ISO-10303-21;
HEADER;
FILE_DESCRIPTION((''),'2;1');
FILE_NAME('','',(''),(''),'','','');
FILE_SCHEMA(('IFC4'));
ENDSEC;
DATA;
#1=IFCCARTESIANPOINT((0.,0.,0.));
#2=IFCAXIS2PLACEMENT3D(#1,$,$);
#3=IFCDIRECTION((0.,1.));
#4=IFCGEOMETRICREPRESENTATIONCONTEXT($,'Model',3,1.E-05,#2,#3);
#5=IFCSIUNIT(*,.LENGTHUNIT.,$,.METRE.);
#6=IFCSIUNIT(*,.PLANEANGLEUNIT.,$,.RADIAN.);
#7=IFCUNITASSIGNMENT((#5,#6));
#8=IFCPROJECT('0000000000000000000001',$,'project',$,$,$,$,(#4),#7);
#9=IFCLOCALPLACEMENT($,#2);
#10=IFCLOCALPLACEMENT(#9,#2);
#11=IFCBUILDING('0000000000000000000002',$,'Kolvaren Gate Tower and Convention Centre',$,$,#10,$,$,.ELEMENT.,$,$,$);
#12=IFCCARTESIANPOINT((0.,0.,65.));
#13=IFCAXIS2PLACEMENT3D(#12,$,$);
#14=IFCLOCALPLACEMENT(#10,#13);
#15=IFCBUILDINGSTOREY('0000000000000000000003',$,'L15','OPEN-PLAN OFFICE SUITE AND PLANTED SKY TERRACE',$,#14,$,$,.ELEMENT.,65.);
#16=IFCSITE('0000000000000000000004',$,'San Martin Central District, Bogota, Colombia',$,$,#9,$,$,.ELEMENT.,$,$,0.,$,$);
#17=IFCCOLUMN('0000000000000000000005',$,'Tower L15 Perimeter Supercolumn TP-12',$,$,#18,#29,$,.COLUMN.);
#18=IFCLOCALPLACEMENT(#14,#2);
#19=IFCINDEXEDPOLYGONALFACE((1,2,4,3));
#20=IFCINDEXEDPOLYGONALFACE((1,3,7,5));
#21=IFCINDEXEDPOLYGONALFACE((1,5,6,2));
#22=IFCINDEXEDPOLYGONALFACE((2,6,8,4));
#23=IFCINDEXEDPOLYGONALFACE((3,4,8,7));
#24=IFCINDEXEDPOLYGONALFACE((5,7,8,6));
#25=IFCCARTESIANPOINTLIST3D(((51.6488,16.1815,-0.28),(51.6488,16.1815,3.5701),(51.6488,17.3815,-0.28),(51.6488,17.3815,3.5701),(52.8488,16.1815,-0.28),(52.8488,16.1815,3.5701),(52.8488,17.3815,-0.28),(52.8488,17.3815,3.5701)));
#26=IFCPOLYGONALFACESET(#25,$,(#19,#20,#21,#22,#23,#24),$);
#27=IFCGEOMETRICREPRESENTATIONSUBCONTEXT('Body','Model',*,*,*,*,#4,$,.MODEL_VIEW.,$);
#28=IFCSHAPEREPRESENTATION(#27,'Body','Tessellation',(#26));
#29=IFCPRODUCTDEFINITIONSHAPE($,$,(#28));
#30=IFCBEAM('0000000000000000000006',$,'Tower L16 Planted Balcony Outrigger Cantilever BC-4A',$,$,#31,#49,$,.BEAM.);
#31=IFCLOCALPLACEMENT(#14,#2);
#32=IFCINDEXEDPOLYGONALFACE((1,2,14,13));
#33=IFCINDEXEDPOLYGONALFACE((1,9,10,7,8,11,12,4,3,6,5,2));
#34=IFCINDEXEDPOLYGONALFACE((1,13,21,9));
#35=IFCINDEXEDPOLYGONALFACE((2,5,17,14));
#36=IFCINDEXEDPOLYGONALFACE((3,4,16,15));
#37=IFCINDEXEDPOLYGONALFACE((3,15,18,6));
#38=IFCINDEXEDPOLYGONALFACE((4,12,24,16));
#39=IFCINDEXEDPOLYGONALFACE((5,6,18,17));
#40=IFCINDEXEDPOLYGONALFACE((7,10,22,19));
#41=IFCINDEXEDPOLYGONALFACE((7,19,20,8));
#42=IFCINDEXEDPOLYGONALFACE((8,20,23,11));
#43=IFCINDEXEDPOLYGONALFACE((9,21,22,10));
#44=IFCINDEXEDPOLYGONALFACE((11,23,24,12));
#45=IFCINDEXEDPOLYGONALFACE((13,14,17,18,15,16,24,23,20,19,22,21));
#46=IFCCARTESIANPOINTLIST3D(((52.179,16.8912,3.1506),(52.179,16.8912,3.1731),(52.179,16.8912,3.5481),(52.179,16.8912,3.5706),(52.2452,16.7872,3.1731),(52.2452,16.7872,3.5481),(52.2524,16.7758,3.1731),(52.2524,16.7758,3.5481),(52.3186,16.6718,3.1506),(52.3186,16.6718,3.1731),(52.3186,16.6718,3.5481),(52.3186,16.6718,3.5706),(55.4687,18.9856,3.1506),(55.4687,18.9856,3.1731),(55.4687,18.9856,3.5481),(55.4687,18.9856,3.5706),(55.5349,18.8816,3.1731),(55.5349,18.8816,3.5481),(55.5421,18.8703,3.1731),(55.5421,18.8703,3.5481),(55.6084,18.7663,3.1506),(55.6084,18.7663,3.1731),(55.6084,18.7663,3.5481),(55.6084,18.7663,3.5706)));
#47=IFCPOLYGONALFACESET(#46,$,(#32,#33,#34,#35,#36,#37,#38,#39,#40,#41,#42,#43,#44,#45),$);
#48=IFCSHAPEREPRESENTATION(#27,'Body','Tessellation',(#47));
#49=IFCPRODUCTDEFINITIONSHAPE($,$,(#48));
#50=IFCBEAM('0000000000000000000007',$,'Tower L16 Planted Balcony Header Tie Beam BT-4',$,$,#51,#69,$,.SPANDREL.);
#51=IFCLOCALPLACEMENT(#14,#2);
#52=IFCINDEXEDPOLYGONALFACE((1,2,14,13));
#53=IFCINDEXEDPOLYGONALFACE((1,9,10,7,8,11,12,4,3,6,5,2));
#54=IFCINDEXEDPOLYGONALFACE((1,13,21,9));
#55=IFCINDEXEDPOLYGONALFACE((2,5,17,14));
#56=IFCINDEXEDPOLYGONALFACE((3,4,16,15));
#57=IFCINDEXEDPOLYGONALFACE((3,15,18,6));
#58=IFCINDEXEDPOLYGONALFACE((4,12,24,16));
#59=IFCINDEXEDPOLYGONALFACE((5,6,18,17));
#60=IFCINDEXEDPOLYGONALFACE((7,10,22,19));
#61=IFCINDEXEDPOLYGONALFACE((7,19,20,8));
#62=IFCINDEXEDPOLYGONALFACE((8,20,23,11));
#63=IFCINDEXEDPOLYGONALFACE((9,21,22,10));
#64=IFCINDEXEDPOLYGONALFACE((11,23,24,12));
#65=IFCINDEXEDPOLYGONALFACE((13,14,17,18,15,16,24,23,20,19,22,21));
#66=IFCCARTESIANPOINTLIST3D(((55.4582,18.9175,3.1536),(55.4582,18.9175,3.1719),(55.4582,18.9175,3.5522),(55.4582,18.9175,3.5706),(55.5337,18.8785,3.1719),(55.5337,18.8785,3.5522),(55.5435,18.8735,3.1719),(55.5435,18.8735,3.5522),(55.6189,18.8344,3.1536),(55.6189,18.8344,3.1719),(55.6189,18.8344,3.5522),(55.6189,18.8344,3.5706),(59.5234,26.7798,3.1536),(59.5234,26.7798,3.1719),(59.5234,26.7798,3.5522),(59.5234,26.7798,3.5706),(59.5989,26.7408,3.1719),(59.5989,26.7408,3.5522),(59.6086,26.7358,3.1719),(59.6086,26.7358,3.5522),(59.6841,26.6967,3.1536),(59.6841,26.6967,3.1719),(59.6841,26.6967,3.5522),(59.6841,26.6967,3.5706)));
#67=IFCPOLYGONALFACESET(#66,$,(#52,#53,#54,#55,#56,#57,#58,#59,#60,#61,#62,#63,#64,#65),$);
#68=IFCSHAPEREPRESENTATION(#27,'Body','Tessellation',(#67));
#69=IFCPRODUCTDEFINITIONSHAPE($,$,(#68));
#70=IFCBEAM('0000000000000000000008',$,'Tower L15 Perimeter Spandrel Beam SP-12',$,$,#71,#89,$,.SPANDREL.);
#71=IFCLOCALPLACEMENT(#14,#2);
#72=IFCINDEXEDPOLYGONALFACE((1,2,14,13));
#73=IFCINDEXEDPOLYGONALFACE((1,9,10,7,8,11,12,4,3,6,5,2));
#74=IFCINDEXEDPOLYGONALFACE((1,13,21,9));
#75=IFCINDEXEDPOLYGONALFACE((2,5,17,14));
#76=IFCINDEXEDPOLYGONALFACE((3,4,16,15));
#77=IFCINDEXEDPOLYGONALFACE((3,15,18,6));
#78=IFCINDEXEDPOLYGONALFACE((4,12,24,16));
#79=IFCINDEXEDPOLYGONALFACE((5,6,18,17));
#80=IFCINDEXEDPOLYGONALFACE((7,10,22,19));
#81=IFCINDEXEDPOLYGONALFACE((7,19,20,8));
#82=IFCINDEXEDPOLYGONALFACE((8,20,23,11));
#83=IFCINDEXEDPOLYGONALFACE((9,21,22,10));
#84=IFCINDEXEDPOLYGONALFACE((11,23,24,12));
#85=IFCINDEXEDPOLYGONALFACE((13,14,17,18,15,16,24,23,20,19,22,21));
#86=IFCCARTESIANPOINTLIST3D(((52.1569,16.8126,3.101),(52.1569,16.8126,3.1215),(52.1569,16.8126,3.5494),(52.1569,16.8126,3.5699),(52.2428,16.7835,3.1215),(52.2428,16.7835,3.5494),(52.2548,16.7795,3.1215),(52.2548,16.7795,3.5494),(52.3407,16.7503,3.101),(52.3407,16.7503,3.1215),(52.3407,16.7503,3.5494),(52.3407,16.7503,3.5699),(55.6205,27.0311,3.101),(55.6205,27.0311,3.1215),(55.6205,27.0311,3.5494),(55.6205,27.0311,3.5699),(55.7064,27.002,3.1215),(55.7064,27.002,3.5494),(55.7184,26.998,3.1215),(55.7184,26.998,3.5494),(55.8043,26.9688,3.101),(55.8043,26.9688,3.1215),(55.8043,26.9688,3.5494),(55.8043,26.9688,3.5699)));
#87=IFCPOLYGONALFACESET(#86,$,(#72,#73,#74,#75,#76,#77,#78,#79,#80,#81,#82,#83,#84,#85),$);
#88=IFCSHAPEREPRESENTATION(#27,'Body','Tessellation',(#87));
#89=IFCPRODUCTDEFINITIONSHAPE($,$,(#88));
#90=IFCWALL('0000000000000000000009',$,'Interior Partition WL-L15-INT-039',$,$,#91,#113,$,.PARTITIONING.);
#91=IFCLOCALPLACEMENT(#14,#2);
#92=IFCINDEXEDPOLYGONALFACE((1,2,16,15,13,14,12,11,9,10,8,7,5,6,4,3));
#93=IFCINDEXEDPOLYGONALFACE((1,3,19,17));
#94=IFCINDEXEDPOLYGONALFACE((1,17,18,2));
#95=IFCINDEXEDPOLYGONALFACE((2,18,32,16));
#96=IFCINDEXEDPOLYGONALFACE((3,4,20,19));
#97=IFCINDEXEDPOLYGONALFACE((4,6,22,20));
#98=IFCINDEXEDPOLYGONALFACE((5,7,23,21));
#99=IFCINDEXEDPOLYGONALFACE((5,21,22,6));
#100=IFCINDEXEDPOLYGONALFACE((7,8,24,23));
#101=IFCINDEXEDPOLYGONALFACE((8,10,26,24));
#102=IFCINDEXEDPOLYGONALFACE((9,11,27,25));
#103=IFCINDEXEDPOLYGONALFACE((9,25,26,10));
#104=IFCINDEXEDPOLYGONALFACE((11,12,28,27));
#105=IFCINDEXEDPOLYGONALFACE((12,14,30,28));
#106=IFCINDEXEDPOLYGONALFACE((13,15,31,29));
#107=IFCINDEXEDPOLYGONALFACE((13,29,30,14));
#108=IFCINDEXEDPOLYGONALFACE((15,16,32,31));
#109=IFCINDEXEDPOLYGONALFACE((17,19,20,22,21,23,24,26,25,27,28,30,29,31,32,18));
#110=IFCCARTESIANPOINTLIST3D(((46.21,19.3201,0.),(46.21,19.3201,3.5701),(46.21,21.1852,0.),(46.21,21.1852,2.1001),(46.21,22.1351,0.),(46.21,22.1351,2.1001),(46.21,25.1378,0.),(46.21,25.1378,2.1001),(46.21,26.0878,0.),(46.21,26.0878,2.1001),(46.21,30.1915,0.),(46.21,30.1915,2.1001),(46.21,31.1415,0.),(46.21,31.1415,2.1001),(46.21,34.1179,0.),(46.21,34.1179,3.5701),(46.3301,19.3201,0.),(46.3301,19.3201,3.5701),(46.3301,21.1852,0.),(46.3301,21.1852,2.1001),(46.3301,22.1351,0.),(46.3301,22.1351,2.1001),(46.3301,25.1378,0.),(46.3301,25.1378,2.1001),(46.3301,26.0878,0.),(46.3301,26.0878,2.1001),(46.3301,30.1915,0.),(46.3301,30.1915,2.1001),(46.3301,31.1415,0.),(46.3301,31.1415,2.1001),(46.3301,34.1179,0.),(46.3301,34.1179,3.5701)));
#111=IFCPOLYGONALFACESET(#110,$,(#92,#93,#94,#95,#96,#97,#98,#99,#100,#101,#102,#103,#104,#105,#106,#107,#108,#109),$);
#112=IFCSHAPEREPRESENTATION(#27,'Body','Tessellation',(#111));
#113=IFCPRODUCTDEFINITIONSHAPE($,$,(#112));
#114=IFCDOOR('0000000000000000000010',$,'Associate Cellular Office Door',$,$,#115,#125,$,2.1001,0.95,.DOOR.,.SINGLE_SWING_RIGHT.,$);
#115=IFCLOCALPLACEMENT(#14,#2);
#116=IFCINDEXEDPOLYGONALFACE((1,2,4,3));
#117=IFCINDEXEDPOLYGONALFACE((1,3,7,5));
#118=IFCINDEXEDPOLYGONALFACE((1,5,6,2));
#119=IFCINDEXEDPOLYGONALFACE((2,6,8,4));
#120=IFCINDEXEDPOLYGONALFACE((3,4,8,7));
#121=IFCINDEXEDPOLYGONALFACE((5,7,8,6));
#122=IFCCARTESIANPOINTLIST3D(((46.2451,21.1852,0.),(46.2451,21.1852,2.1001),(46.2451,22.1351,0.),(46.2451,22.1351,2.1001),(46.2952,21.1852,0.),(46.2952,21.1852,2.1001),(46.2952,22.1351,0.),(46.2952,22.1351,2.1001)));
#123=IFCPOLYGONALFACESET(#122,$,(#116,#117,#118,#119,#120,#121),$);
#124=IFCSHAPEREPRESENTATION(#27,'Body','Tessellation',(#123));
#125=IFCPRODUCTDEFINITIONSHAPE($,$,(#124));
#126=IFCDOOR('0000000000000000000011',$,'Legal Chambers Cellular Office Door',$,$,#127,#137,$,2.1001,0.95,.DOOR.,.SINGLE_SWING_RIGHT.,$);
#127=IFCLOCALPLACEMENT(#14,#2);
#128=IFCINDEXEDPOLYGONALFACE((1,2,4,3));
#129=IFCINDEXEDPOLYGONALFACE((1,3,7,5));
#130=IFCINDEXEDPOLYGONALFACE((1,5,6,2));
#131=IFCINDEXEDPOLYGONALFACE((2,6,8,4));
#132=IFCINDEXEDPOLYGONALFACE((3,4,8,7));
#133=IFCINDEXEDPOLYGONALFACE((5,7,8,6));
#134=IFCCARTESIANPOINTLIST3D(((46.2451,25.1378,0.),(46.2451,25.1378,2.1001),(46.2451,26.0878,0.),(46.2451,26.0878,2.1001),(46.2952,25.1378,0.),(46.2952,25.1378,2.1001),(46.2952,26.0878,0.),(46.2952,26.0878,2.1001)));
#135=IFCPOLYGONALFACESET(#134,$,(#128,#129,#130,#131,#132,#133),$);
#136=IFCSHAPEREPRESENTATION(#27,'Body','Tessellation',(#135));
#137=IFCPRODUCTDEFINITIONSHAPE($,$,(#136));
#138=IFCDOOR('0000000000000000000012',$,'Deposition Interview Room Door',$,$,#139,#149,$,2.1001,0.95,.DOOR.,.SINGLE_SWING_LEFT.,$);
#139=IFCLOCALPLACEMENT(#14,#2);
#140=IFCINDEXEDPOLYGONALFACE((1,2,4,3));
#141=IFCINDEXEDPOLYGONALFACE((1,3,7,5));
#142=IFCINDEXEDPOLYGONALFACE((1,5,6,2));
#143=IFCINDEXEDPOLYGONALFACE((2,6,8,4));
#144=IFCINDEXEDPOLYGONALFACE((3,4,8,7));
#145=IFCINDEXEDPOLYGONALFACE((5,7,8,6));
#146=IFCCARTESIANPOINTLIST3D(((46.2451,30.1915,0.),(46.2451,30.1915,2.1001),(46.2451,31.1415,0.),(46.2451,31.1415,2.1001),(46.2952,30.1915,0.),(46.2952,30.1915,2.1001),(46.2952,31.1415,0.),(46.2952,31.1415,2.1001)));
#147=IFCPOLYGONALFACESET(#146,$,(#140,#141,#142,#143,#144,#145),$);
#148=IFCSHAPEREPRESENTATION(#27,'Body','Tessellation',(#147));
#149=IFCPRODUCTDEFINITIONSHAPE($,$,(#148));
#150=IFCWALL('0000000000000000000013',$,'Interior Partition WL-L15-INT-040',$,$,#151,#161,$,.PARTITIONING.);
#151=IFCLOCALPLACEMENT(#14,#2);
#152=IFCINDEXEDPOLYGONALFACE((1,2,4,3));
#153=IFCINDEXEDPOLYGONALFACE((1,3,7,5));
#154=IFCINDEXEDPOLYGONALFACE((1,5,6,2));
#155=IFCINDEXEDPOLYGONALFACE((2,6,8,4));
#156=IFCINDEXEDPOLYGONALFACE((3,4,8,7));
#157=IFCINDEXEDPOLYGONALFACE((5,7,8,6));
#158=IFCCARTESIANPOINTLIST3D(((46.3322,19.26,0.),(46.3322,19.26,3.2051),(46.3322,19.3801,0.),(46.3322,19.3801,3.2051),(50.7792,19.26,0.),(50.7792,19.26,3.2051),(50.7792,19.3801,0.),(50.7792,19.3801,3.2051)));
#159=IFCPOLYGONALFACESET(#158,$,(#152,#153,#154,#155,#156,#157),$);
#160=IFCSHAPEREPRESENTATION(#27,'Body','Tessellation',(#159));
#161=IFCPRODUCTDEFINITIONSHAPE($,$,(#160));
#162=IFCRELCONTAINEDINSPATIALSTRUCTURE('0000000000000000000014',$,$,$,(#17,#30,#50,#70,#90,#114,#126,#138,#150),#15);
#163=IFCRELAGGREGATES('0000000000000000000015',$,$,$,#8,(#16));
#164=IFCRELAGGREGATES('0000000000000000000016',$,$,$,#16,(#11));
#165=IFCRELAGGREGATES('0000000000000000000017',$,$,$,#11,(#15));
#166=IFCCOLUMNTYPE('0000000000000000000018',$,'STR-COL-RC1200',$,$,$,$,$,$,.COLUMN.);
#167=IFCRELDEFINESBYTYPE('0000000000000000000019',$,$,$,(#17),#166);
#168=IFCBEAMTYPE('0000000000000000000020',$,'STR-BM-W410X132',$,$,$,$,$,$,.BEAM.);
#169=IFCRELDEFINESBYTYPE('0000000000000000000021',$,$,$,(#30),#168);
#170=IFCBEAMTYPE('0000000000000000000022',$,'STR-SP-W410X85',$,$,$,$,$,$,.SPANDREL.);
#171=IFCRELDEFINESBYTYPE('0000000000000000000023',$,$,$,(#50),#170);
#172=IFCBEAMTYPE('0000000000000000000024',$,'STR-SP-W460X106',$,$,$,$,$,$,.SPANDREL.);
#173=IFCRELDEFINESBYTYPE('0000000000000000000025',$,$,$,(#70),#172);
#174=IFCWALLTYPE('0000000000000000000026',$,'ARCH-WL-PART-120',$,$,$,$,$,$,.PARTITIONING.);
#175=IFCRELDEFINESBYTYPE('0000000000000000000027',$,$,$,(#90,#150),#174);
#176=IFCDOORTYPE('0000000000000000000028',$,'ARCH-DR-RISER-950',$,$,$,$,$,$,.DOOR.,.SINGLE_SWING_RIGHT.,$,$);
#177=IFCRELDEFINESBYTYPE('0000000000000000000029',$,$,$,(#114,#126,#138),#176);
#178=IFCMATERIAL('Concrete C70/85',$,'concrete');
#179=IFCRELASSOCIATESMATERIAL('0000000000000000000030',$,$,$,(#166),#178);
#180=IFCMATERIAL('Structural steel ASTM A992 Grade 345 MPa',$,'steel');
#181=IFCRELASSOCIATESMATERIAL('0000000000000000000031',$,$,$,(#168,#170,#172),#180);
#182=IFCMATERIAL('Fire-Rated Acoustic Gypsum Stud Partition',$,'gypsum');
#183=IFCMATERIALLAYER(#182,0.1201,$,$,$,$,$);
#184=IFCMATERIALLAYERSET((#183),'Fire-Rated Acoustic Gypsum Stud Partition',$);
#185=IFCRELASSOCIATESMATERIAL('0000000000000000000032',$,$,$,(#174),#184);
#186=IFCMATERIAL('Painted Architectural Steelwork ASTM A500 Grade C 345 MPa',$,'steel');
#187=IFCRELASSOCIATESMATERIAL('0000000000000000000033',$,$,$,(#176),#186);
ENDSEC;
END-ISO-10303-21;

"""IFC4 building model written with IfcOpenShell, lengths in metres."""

from ifc_helpers import new_model, si_unit, direction, frame, frame_2d, origin, origin_2d, place, context, subcontext, project, spatial, rectangle, i_section, extrude, material, layer, layer_set, material_profile, profile_set, type_object, element, fill, save


model = new_model("IFC4")

# Units and contexts
model_context = context("Model", 3, precision=1e-05, world=origin(), true_north=direction((0.0, 1.0)))
body_context = subcontext(model_context, "Body", "Model", "MODEL_VIEW")
ifc_project = project(units=[si_unit("LENGTHUNIT", "METRE"), si_unit("PLANEANGLEUNIT", "RADIAN")], contexts=[model_context])

# Site, building, storey
site_placement = place(None, origin())
site = spatial("IfcSite", under=ifc_project, at=site_placement, Name="San Martin Central District, Bogota, Colombia", CompositionType="ELEMENT", RefElevation=0.0)
building_placement = place(site_placement, origin())
building = spatial("IfcBuilding", under=site, at=building_placement, Name="Kolvaren Gate Tower and Convention Centre", CompositionType="ELEMENT")
storey_placement = place(building_placement, frame((0.0, 0.0, 65.0)))
storey = spatial("IfcBuildingStorey", under=building, at=storey_placement, Name="L15", Description="OPEN-PLAN OFFICE SUITE AND PLANTED SKY TERRACE", CompositionType="ELEMENT", Elevation=65.0)

# Column
ifc_material_1 = material(Name="Concrete C70/85", Category="concrete")
ifc_material_profile_1 = material_profile(ifc_material_1, rectangle(XDim=1.2, YDim=1.2, at=origin_2d()), Name="RC-COL-1200X1200")
ifc_profile_set_1 = profile_set([ifc_material_profile_1], Name="Concrete C70/85")
column_type = type_object("IfcColumnType", Name="STR-COL-RC1200", PredefinedType="COLUMN", material=ifc_profile_set_1)
column_placement = place(storey_placement, frame((52.2488, 16.7815, -0.28), z_axis=(0.0, 0.0, 1.0), x_axis=(1.0, 0.0, 0.0)))
element("IfcColumn", 1, at=column_placement, inside=storey, type_object=column_type, Name="Tower L15 Perimeter Supercolumn TP-12", PredefinedType="COLUMN", context=body_context, shape_type="SweptSolid", body=[
    extrude(rectangle(XDim=1.2, YDim=1.2, at=origin_2d()), origin(), (0.0, 0.0, 1.0), 3.8501),
])

# Beams
ifc_material_2 = material(Name="Structural steel ASTM A992 Grade 345 MPa", Category="steel")
ifc_material_profile_2 = material_profile(ifc_material_2, i_section(OverallWidth=0.26, OverallDepth=0.4199, WebThickness=0.0134, FlangeThickness=0.0225, at=origin_2d()), Name="W410X132")
ifc_profile_set_2 = profile_set([ifc_material_profile_2], Name="Structural steel ASTM A992 Grade 345 MPa")
beam_type_1 = type_object("IfcBeamType", Name="STR-BM-W410X132", PredefinedType="BEAM", material=ifc_profile_set_2)
beam_1_placement = place(storey_placement, frame((52.2488, 16.7815, 3.3606), z_axis=(0.843548, 0.537054, 0.0), x_axis=(-0.537054, 0.843548, 0.0)))
element("IfcBeam", 2, at=beam_1_placement, inside=storey, type_object=beam_type_1, Name="Tower L16 Planted Balcony Outrigger Cantilever BC-4A", PredefinedType="BEAM", context=body_context, shape_type="SweptSolid", body=[
    extrude(i_section(OverallWidth=0.26, OverallDepth=0.4199, WebThickness=0.0134, FlangeThickness=0.0225, at=origin_2d()), origin(), (0.0, 0.0, 1.0), 3.8999),
])
ifc_material_profile_3 = material_profile(ifc_material_2, i_section(OverallWidth=0.1809, OverallDepth=0.417, WebThickness=0.011, FlangeThickness=0.0183, at=origin_2d()), Name="W410X85")
ifc_profile_set_3 = profile_set([ifc_material_profile_3], Name="Structural steel ASTM A992 Grade 345 MPa")
beam_type_2 = type_object("IfcBeamType", Name="STR-SP-W410X85", PredefinedType="SPANDREL", material=ifc_profile_set_3)
beam_2_placement = place(storey_placement, frame((55.5386, 18.876, 3.3621), z_axis=(0.459287, 0.888288, 0.0), x_axis=(-0.888288, 0.459287, 0.0)))
element("IfcBeam", 3, at=beam_2_placement, inside=storey, type_object=beam_type_2, Name="Tower L16 Planted Balcony Header Tie Beam BT-4", PredefinedType="SPANDREL", context=body_context, shape_type="SweptSolid", body=[
    extrude(i_section(OverallWidth=0.1809, OverallDepth=0.417, WebThickness=0.011, FlangeThickness=0.0183, at=origin_2d()), origin(), (0.0, 0.0, 1.0), 8.8511),
])
ifc_material_profile_4 = material_profile(ifc_material_2, i_section(OverallWidth=0.1941, OverallDepth=0.469, WebThickness=0.0127, FlangeThickness=0.0205, at=origin_2d()), Name="W460X106")
ifc_profile_set_4 = profile_set([ifc_material_profile_4], Name="Structural steel ASTM A992 Grade 345 MPa")
beam_type_3 = type_object("IfcBeamType", Name="STR-SP-W460X106", PredefinedType="SPANDREL", material=ifc_profile_set_4)
beam_3_placement = place(storey_placement, frame((52.2488, 16.7815, 3.3354), z_axis=(0.321016, 0.947074, 0.0), x_axis=(-0.947074, 0.321016, 0.0)))
element("IfcBeam", 4, at=beam_3_placement, inside=storey, type_object=beam_type_3, Name="Tower L15 Perimeter Spandrel Beam SP-12", PredefinedType="SPANDREL", context=body_context, shape_type="SweptSolid", body=[
    extrude(i_section(OverallWidth=0.1941, OverallDepth=0.469, WebThickness=0.0127, FlangeThickness=0.0205, at=origin_2d()), origin(), (0.0, 0.0, 1.0), 10.7896),
])

# Wall, openings, doors
ifc_material_3 = material(Name="Fire-Rated Acoustic Gypsum Stud Partition", Category="gypsum")
ifc_layer_1 = layer(ifc_material_3, 0.1201)
ifc_layer_set_1 = layer_set([ifc_layer_1], Name="Fire-Rated Acoustic Gypsum Stud Partition")
wall_type_1 = type_object("IfcWallType", Name="ARCH-WL-PART-120", PredefinedType="PARTITIONING", material=ifc_layer_set_1)
wall_1_placement = place(storey_placement, frame((46.27, 19.3201, 0.0), z_axis=(0.0, 0.0, 1.0), x_axis=(0.0, 1.0, 0.0)))
wall_1 = element("IfcWall", 5, at=wall_1_placement, inside=storey, type_object=wall_type_1, Name="Interior Partition WL-L15-INT-039", PredefinedType="PARTITIONING", context=body_context, shape_type="SweptSolid", body=[
    extrude(rectangle(XDim=14.7979, YDim=0.1201, at=frame_2d((7.3989, 0.0))), origin(), (0.0, 0.0, 1.0), 3.5701),
])
opening_1_placement = place(wall_1_placement, frame((1.865, 0.0, 0.0)))
opening_1 = element("IfcOpeningElement", 6, at=opening_1_placement, cuts=wall_1, PredefinedType="OPENING", context=body_context, shape_type="SweptSolid", body=[
    extrude(rectangle(XDim=0.95, YDim=2.1001, at=frame_2d((0.4751, 1.05))), frame((0.0, 0.0701, 0.0), z_axis=(0.0, -1.0, 0.0), x_axis=(1.0, 0.0, 0.0)), (0.0, 0.0, 1.0), 0.1401),
])
opening_2_placement = place(wall_1_placement, frame((5.8176, 0.0, 0.0)))
opening_2 = element("IfcOpeningElement", 7, at=opening_2_placement, cuts=wall_1, PredefinedType="OPENING", context=body_context, shape_type="SweptSolid", body=[
    extrude(rectangle(XDim=0.95, YDim=2.1001, at=frame_2d((0.4751, 1.05))), frame((0.0, 0.0701, 0.0), z_axis=(0.0, -1.0, 0.0), x_axis=(1.0, 0.0, 0.0)), (0.0, 0.0, 1.0), 0.1401),
])
opening_3_placement = place(wall_1_placement, frame((10.8713, 0.0, 0.0)))
opening_3 = element("IfcOpeningElement", 8, at=opening_3_placement, cuts=wall_1, PredefinedType="OPENING", context=body_context, shape_type="SweptSolid", body=[
    extrude(rectangle(XDim=0.95, YDim=2.1001, at=frame_2d((0.4751, 1.05))), frame((0.0, 0.0701, 0.0), z_axis=(0.0, -1.0, 0.0), x_axis=(1.0, 0.0, 0.0)), (0.0, 0.0, 1.0), 0.1401),
])
ifc_material_4 = material(Name="Painted Architectural Steelwork ASTM A500 Grade C 345 MPa", Category="steel")
door_type_1 = type_object("IfcDoorType", Name="ARCH-DR-RISER-950", OperationType="SINGLE_SWING_RIGHT", PredefinedType="DOOR", material=ifc_material_4)
door_1_placement = place(opening_1_placement, origin())
door_1 = element("IfcDoor", 9, at=door_1_placement, inside=storey, type_object=door_type_1, Name="Associate Cellular Office Door", OperationType="SINGLE_SWING_RIGHT", OverallHeight=2.1001, OverallWidth=0.95, PredefinedType="DOOR", context=body_context, shape_type="SweptSolid", body=[
    extrude(rectangle(XDim=0.95, YDim=2.1001, at=frame_2d((0.4751, 1.05))), frame((0.0, 0.0249, 0.0), z_axis=(0.0, -1.0, 0.0), x_axis=(1.0, 0.0, 0.0)), (0.0, 0.0, 1.0), 0.05),
])
fill(opening_1, door_1)
door_2_placement = place(opening_2_placement, origin())
door_2 = element("IfcDoor", 10, at=door_2_placement, inside=storey, type_object=door_type_1, Name="Legal Chambers Cellular Office Door", OperationType="SINGLE_SWING_RIGHT", OverallHeight=2.1001, OverallWidth=0.95, PredefinedType="DOOR", context=body_context, shape_type="SweptSolid", body=[
    extrude(rectangle(XDim=0.95, YDim=2.1001, at=frame_2d((0.4751, 1.05))), frame((0.0, 0.0249, 0.0), z_axis=(0.0, -1.0, 0.0), x_axis=(1.0, 0.0, 0.0)), (0.0, 0.0, 1.0), 0.05),
])
fill(opening_2, door_2)
door_3_placement = place(opening_3_placement, origin())
door_3 = element("IfcDoor", 11, at=door_3_placement, inside=storey, type_object=door_type_1, Name="Deposition Interview Room Door", OperationType="SINGLE_SWING_LEFT", OverallHeight=2.1001, OverallWidth=0.95, PredefinedType="DOOR", context=body_context, shape_type="SweptSolid", body=[
    extrude(rectangle(XDim=0.95, YDim=2.1001, at=frame_2d((0.4751, 1.05))), frame((0.0, 0.0249, 0.0), z_axis=(0.0, -1.0, 0.0), x_axis=(1.0, 0.0, 0.0)), (0.0, 0.0, 1.0), 0.05),
])
fill(opening_3, door_3)

# Wall
wall_2_placement = place(storey_placement, frame((46.332, 19.3201, 0.0), z_axis=(0.0, 0.0, 1.0), x_axis=(1.0, 0.0, 0.0)))
element("IfcWall", 12, at=wall_2_placement, inside=storey, type_object=wall_type_1, Name="Interior Partition WL-L15-INT-040", PredefinedType="PARTITIONING", context=body_context, shape_type="SweptSolid", body=[
    extrude(rectangle(XDim=4.447, YDim=0.1201, at=frame_2d((2.2236, 0.0))), origin(), (0.0, 0.0, 1.0), 3.2051),
])

save(model, "model.ifc")
